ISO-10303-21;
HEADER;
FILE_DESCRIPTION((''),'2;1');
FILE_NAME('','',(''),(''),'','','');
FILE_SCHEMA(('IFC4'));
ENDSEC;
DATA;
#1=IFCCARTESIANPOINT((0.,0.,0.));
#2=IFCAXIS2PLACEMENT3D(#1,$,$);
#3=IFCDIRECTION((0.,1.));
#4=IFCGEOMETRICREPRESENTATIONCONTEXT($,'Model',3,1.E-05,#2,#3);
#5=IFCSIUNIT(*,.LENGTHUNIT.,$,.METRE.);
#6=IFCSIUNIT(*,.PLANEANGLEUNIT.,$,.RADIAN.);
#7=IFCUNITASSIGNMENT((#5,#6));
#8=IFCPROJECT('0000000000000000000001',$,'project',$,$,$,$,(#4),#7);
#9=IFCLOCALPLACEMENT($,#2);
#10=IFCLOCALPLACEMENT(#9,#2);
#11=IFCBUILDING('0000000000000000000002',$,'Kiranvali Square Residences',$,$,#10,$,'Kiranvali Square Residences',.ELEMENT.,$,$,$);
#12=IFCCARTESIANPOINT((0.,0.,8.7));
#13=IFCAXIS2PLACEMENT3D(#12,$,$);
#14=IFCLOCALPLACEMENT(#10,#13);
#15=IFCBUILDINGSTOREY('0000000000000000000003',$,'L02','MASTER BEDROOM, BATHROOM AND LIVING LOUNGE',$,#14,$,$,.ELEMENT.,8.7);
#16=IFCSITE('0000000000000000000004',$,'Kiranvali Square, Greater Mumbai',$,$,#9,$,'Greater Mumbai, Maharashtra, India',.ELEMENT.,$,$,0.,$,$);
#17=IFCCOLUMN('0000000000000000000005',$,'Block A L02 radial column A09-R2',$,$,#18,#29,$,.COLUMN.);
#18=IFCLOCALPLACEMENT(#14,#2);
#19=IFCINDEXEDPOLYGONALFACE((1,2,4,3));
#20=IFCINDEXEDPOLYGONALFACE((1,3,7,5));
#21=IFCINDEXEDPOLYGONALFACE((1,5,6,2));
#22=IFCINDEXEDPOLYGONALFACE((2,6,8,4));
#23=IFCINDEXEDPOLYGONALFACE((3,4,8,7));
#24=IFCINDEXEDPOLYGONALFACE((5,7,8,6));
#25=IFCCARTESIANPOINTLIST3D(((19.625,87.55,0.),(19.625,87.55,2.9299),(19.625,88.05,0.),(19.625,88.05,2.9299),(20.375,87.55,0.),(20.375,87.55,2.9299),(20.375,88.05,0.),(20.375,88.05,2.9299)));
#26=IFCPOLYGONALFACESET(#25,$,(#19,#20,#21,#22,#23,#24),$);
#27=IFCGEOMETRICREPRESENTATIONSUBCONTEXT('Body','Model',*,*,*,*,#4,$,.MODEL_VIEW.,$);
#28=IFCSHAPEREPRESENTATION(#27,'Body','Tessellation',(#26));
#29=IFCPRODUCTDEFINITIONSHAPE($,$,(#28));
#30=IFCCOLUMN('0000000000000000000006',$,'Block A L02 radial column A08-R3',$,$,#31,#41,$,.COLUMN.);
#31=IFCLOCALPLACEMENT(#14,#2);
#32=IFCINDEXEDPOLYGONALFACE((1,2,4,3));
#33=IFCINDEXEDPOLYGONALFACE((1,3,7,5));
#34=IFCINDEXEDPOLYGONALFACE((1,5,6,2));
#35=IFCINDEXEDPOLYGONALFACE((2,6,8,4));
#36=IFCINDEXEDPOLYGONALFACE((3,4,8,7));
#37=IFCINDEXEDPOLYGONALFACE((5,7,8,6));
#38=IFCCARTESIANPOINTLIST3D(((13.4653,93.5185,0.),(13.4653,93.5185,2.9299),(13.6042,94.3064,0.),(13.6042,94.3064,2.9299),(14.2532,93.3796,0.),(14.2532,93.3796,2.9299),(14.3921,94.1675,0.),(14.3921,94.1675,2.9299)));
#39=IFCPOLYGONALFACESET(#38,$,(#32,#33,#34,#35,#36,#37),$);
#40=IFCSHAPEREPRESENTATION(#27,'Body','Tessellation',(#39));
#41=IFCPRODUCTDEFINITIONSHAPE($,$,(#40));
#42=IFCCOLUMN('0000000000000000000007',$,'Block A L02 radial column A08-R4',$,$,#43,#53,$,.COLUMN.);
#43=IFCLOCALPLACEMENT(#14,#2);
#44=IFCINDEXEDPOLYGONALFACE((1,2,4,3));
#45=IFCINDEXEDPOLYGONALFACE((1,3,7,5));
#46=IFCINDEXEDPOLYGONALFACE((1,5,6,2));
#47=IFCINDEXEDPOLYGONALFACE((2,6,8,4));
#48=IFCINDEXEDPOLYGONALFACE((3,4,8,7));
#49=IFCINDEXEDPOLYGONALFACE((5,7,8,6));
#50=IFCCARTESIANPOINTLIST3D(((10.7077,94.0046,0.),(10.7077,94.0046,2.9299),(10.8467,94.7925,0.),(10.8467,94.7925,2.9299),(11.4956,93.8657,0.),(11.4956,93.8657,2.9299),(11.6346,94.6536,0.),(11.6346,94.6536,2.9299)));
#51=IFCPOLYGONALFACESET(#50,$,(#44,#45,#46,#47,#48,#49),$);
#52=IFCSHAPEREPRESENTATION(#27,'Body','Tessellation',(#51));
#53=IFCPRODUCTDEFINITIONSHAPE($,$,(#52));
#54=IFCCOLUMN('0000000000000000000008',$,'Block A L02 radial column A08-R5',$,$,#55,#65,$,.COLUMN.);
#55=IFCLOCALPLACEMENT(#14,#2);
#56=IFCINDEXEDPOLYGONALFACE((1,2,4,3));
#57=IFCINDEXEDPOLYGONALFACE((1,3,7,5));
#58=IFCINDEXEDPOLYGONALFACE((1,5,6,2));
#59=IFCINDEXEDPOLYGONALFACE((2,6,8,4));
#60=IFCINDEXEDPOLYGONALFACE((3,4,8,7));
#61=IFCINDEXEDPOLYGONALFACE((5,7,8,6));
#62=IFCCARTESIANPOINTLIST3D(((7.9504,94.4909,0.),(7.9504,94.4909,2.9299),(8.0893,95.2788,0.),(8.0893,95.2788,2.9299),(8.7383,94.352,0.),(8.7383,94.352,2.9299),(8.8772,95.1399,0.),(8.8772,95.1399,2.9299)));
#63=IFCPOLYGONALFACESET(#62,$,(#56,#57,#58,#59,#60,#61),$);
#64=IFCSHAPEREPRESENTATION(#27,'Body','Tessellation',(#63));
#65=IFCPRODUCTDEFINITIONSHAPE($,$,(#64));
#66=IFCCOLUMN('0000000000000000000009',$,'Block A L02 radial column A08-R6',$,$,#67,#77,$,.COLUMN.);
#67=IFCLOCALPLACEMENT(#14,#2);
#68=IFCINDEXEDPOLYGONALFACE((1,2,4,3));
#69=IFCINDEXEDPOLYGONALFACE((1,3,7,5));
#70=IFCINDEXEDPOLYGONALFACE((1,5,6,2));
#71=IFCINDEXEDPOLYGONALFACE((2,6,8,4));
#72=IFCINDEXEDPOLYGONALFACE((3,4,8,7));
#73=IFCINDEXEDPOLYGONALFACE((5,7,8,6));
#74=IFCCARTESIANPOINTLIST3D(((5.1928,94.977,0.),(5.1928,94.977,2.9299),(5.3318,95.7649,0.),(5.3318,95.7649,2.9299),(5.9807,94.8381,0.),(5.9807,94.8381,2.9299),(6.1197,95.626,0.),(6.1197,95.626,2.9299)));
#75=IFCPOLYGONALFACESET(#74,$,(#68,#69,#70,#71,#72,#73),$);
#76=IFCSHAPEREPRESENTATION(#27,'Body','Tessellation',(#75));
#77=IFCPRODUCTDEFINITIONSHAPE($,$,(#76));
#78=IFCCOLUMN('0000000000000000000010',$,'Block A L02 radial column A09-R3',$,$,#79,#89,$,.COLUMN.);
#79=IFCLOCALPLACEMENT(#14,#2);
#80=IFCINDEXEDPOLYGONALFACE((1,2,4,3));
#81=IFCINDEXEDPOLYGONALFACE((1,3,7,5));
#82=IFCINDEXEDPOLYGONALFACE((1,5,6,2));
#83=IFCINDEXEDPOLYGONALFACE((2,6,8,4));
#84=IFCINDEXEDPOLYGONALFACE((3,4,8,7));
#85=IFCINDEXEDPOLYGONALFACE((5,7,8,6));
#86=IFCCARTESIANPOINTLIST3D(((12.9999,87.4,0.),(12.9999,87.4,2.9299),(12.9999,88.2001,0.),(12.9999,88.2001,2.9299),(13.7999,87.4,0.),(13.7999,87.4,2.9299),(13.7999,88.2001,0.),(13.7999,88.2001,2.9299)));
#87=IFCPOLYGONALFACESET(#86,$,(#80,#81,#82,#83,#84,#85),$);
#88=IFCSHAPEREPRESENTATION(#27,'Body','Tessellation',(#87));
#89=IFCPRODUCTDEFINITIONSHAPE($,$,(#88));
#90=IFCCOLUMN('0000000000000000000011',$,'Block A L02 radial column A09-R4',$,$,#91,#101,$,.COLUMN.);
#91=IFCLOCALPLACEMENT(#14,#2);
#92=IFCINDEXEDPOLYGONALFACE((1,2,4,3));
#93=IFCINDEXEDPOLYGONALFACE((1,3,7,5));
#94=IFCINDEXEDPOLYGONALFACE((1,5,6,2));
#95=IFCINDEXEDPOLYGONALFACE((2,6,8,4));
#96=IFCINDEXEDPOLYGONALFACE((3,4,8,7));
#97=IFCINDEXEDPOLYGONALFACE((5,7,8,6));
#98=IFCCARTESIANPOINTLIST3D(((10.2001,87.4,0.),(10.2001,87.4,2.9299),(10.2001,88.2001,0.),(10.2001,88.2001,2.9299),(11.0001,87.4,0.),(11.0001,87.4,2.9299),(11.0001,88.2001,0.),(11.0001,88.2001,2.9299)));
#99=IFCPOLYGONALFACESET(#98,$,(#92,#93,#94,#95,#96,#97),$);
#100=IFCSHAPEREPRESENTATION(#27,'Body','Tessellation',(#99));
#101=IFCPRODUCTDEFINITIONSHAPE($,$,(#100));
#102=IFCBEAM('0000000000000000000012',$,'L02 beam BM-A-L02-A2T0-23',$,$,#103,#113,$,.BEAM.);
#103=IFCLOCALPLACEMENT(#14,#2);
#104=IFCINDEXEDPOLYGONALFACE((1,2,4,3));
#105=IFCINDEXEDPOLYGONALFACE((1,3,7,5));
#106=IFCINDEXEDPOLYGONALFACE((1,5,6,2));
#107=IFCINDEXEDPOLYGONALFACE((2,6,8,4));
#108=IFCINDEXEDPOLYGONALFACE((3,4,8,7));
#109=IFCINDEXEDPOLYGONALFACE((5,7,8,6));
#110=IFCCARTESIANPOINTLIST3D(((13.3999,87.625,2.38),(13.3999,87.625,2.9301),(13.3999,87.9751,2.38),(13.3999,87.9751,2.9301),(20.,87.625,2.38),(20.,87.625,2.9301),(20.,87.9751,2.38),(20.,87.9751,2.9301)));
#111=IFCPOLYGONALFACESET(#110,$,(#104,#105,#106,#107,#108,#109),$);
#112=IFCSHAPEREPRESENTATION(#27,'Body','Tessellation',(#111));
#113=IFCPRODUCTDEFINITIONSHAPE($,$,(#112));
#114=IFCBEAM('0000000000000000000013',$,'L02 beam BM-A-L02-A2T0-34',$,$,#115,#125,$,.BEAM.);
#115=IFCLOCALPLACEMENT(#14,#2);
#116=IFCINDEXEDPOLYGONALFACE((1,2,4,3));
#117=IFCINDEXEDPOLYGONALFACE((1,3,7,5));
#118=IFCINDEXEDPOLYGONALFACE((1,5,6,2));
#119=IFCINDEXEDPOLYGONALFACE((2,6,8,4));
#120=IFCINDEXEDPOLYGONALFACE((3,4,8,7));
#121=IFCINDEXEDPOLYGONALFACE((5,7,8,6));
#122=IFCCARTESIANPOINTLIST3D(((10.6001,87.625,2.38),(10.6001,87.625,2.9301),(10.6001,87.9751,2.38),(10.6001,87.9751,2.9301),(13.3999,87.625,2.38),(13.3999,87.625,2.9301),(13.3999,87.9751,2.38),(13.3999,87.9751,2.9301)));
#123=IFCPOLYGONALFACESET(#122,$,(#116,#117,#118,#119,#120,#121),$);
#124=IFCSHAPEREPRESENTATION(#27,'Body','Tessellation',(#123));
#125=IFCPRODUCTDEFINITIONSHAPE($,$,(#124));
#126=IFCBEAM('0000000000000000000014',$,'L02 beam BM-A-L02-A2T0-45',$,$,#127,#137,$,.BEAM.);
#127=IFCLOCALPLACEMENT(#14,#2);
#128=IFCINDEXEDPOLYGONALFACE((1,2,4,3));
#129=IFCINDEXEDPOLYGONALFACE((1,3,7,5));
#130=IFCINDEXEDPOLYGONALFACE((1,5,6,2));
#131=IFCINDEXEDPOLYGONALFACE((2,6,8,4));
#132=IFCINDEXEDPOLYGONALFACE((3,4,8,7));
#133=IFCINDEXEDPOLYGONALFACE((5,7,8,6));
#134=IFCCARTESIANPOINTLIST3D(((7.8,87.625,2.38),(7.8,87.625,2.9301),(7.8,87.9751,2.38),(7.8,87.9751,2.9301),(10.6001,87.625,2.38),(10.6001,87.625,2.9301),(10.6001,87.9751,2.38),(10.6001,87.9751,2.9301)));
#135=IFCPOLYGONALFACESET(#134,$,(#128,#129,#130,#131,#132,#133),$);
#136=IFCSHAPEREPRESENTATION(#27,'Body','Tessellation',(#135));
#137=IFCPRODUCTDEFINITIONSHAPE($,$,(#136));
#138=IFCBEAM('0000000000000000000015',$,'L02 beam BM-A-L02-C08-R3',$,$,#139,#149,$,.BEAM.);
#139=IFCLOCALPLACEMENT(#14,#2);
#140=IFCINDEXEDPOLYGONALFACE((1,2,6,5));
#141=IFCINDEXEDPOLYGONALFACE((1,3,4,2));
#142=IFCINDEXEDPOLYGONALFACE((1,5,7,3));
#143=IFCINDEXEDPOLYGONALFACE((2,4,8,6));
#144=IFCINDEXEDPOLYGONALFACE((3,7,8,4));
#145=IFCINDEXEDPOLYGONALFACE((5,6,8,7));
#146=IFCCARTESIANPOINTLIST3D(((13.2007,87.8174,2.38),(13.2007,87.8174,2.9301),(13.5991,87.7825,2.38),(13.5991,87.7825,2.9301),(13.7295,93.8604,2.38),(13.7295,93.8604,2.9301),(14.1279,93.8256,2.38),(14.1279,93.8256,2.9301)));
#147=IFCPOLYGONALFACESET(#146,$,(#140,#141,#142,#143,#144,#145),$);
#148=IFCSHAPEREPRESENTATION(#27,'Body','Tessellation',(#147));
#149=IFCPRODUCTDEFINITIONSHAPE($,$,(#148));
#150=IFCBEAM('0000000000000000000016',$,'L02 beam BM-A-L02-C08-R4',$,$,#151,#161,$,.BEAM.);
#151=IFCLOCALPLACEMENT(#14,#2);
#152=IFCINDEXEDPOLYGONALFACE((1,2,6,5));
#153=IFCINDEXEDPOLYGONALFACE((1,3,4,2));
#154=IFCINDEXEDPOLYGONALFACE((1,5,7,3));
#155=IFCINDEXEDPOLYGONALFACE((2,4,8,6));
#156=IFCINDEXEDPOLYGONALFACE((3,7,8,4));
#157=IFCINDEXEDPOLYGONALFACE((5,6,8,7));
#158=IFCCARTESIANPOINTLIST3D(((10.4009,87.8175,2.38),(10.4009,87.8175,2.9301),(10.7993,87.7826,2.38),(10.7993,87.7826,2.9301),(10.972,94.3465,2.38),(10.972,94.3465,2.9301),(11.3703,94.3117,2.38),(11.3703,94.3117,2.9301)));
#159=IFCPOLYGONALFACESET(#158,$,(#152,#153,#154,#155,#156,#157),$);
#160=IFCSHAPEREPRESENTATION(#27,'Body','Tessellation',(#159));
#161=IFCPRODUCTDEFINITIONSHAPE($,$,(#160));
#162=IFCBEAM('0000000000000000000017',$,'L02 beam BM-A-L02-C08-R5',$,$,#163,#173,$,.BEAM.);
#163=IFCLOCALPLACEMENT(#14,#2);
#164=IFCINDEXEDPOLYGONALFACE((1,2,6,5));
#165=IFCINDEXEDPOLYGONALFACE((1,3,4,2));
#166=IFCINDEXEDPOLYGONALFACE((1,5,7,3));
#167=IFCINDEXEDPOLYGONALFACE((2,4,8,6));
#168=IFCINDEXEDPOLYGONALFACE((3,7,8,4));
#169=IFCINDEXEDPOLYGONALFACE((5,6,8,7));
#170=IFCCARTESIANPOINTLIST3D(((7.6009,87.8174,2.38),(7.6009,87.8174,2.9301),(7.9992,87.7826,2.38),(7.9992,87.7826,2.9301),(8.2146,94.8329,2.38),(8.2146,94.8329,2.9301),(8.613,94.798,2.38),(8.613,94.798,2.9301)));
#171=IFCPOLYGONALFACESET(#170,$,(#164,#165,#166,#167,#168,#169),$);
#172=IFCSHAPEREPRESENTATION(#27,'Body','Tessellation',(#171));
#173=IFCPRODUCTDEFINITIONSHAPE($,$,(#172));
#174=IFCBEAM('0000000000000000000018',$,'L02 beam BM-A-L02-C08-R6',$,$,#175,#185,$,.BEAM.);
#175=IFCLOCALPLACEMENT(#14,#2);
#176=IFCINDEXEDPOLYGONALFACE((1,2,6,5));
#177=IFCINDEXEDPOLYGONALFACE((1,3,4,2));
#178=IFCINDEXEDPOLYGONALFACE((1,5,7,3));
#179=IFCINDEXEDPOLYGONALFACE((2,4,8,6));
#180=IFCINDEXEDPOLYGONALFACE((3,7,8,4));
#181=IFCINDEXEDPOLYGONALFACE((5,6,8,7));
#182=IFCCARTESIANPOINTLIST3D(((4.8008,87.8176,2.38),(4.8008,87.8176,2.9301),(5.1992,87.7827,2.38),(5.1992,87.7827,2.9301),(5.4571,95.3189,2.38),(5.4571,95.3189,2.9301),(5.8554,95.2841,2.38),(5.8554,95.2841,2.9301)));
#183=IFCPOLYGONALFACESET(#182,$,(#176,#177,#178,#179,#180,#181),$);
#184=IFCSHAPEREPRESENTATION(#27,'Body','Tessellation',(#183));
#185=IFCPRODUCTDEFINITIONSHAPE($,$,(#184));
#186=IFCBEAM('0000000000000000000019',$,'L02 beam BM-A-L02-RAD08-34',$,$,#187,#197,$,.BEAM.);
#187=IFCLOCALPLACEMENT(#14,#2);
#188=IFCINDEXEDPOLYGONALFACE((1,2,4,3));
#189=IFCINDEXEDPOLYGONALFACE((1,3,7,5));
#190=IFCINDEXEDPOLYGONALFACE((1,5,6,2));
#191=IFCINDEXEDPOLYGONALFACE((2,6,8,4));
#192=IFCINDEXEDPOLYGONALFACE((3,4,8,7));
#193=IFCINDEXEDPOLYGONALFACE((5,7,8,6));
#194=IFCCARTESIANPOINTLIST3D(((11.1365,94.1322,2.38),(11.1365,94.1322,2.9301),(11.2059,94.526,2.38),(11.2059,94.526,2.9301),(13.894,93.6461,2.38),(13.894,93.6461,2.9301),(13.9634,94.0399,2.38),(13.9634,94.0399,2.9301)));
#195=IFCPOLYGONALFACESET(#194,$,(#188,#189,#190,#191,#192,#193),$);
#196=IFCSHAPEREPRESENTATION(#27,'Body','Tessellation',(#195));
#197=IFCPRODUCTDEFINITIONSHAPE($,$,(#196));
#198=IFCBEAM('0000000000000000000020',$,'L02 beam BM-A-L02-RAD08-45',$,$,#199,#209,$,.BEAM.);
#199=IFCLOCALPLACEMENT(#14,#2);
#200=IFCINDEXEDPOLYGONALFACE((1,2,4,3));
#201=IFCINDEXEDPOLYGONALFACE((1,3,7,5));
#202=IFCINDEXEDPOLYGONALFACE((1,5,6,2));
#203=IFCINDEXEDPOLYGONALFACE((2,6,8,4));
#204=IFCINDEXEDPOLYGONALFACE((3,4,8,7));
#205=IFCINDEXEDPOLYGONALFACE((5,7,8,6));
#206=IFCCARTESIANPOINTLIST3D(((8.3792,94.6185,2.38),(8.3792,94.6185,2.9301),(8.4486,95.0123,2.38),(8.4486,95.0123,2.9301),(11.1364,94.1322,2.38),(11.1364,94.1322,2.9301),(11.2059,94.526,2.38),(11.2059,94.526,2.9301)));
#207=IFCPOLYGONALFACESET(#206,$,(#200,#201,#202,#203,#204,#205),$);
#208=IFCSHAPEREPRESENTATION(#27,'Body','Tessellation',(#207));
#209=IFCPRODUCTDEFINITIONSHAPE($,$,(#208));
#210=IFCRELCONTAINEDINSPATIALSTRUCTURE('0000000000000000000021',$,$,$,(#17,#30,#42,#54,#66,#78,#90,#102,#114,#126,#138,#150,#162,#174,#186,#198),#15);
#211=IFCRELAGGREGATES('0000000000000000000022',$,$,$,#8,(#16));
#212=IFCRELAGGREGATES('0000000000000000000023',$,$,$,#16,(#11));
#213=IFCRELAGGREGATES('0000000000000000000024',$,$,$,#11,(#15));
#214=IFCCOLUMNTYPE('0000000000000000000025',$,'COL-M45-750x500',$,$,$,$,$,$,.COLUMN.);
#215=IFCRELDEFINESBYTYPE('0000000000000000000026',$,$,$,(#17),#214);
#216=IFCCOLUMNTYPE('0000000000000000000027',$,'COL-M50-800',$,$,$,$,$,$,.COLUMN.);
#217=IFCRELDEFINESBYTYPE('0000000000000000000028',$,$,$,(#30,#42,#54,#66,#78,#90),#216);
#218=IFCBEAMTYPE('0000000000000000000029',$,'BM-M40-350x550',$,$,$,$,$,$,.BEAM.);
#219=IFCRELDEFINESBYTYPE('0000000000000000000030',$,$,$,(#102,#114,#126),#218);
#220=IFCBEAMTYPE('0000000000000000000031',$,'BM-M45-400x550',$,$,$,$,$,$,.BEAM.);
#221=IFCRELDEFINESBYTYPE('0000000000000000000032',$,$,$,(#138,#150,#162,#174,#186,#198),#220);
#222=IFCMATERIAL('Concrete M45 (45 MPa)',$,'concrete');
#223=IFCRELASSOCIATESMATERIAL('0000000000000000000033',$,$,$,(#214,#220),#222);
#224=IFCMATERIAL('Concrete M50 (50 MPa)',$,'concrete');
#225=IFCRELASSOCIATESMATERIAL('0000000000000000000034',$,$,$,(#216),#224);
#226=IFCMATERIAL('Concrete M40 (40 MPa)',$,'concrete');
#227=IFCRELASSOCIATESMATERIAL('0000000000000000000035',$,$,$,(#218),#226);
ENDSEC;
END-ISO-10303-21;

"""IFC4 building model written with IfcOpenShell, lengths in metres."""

from ifc_helpers import new_model, si_unit, direction, frame, origin, origin_2d, place, context, subcontext, project, spatial, rectangle, extrude, material, material_profile, profile_set, type_object, element, save


model = new_model("IFC4")

# Units and contexts
model_context = context("Model", 3, precision=1e-05, world=origin(), true_north=direction((0.0, 1.0)))
body_context = subcontext(model_context, "Body", "Model", "MODEL_VIEW")
ifc_project = project(units=[si_unit("LENGTHUNIT", "METRE"), si_unit("PLANEANGLEUNIT", "RADIAN")], contexts=[model_context])

# Site, building, storey
site_placement = place(None, origin())
site = spatial("IfcSite", under=ifc_project, at=site_placement, Name="Kiranvali Square, Greater Mumbai", LongName="Greater Mumbai, Maharashtra, India", CompositionType="ELEMENT", RefElevation=0.0)
building_placement = place(site_placement, origin())
building = spatial("IfcBuilding", under=site, at=building_placement, Name="Kiranvali Square Residences", LongName="Kiranvali Square Residences", CompositionType="ELEMENT")
storey_placement = place(building_placement, frame((0.0, 0.0, 8.7)))
storey = spatial("IfcBuildingStorey", under=building, at=storey_placement, Name="L02", Description="MASTER BEDROOM, BATHROOM AND LIVING LOUNGE", CompositionType="ELEMENT", Elevation=8.7)

# Columns
ifc_material_1 = material(Name="Concrete M45 (45 MPa)", Category="concrete")
ifc_material_profile_1 = material_profile(ifc_material_1, rectangle(XDim=0.5, YDim=0.75, at=origin_2d()), Name="RC 750x500")
ifc_profile_set_1 = profile_set([ifc_material_profile_1], Name="Concrete M45 (45 MPa)")
column_type_1 = type_object("IfcColumnType", Name="COL-M45-750x500", PredefinedType="COLUMN", material=ifc_profile_set_1)
column_placement = place(storey_placement, frame((20.0, 87.8, 0.0), z_axis=(0.0, 0.0, 1.0), x_axis=(0.0, 1.0, 0.0)))
element("IfcColumn", 1, at=column_placement, inside=storey, type_object=column_type_1, Name="Block A L02 radial column A09-R2", PredefinedType="COLUMN", context=body_context, shape_type="SweptSolid", body=[
    extrude(rectangle(XDim=0.5, YDim=0.75, at=origin_2d()), origin(), (0.0, 0.0, 1.0), 2.9299),
])
ifc_material_2 = material(Name="Concrete M50 (50 MPa)", Category="concrete")
ifc_material_profile_2 = material_profile(ifc_material_2, rectangle(XDim=0.8, YDim=0.8, at=origin_2d()), Name="RC 800x800")
ifc_profile_set_2 = profile_set([ifc_material_profile_2], Name="Concrete M50 (50 MPa)")
column_type_2 = type_object("IfcColumnType", Name="COL-M50-800", PredefinedType="COLUMN", material=ifc_profile_set_2)
for number, where, z_axis, x_axis, name in (
    (2, (13.9287, 93.843, 0.0), (0.0, 0.0, 1.0), (0.173648, 0.984808, 0.0), "Block A L02 radial column A08-R3"),
    (3, (11.1711, 94.3291, 0.0), (0.0, 0.0, 1.0), (0.173648, 0.984808, 0.0), "Block A L02 radial column A08-R4"),
    (4, (8.4138, 94.8154, 0.0), (0.0, 0.0, 1.0), (0.173648, 0.984808, 0.0), "Block A L02 radial column A08-R5"),
    (5, (5.6562, 95.3015, 0.0), (0.0, 0.0, 1.0), (0.173648, 0.984808, 0.0), "Block A L02 radial column A08-R6"),
    (6, (13.3999, 87.8, 0.0), (0.0, 0.0, 1.0), (0.0, 1.0, 0.0), "Block A L02 radial column A09-R3"),
    (7, (10.6001, 87.8, 0.0), (0.0, 0.0, 1.0), (0.0, 1.0, 0.0), "Block A L02 radial column A09-R4"),
):
    element("IfcColumn", number, at=place(storey_placement, frame(where, z_axis=z_axis, x_axis=x_axis)), inside=storey, type_object=column_type_2, Name=name, PredefinedType="COLUMN", context=body_context, shape_type="SweptSolid", body=[
        extrude(rectangle(XDim=0.8, YDim=0.8, at=origin_2d()), origin(), (0.0, 0.0, 1.0), 2.9299),
    ])

# Beams
ifc_material_3 = material(Name="Concrete M40 (40 MPa)", Category="concrete")
ifc_material_profile_3 = material_profile(ifc_material_3, rectangle(XDim=0.3501, YDim=0.55, at=origin_2d()), Name="RC 350x550")
ifc_profile_set_3 = profile_set([ifc_material_profile_3], Name="Concrete M40 (40 MPa)")
beam_type_1 = type_object("IfcBeamType", Name="BM-M40-350x550", PredefinedType="BEAM", material=ifc_profile_set_3)
beam_1_placement = place(storey_placement, frame((20.0, 87.8, 2.655), z_axis=(-1.0, 0.0, 0.0), x_axis=(0.0, -1.0, 0.0)))
element("IfcBeam", 8, at=beam_1_placement, inside=storey, type_object=beam_type_1, Name="L02 beam BM-A-L02-A2T0-23", PredefinedType="BEAM", context=body_context, shape_type="SweptSolid", body=[
    extrude(rectangle(XDim=0.3501, YDim=0.55, at=origin_2d()), origin(), (0.0, 0.0, 1.0), 6.6001),
])
beam_2_placement = place(storey_placement, frame((13.3999, 87.8, 2.655), z_axis=(-1.0, 0.0, 0.0), x_axis=(0.0, -1.0, 0.0)))
element("IfcBeam", 9, at=beam_2_placement, inside=storey, type_object=beam_type_1, Name="L02 beam BM-A-L02-A2T0-34", PredefinedType="BEAM", context=body_context, shape_type="SweptSolid", body=[
    extrude(rectangle(XDim=0.3501, YDim=0.55, at=origin_2d()), origin(), (0.0, 0.0, 1.0), 2.7998),
])
beam_3_placement = place(storey_placement, frame((10.6001, 87.8, 2.655), z_axis=(-1.0, 0.0, 0.0), x_axis=(0.0, -1.0, 0.0)))
element("IfcBeam", 10, at=beam_3_placement, inside=storey, type_object=beam_type_1, Name="L02 beam BM-A-L02-A2T0-45", PredefinedType="BEAM", context=body_context, shape_type="SweptSolid", body=[
    extrude(rectangle(XDim=0.3501, YDim=0.55, at=origin_2d()), origin(), (0.0, 0.0, 1.0), 2.8),
])
ifc_material_profile_4 = material_profile(ifc_material_1, rectangle(XDim=0.3999, YDim=0.55, at=origin_2d()), Name="RC 400x550")
ifc_profile_set_4 = profile_set([ifc_material_profile_4], Name="Concrete M45 (45 MPa)")
beam_type_2 = type_object("IfcBeamType", Name="BM-M45-400x550", PredefinedType="BEAM", material=ifc_profile_set_4)
beam_4_placement = place(storey_placement, frame((13.9287, 93.843, 2.655), z_axis=(-0.087175, -0.996193, 0.0), x_axis=(0.996193, -0.087175, 0.0)))
element("IfcBeam", 11, at=beam_4_placement, inside=storey, type_object=beam_type_2, Name="L02 beam BM-A-L02-C08-R3", PredefinedType="BEAM", context=body_context, shape_type="SweptSolid", body=[
    extrude(rectangle(XDim=0.3999, YDim=0.55, at=origin_2d()), origin(), (0.0, 0.0, 1.0), 6.0662),
])
beam_5_placement = place(storey_placement, frame((11.1711, 94.3291, 2.655), z_axis=(-0.08713, -0.996197, 0.0), x_axis=(0.996197, -0.08713, 0.0)))
element("IfcBeam", 12, at=beam_5_placement, inside=storey, type_object=beam_type_2, Name="L02 beam BM-A-L02-C08-R4", PredefinedType="BEAM", context=body_context, shape_type="SweptSolid", body=[
    extrude(rectangle(XDim=0.3999, YDim=0.55, at=origin_2d()), origin(), (0.0, 0.0, 1.0), 6.554),
])
beam_6_placement = place(storey_placement, frame((8.4138, 94.8154, 2.655), z_axis=(-0.087156, -0.996195, 0.0), x_axis=(0.996195, -0.087156, 0.0)))
element("IfcBeam", 13, at=beam_6_placement, inside=storey, type_object=beam_type_2, Name="L02 beam BM-A-L02-C08-R5", PredefinedType="BEAM", context=body_context, shape_type="SweptSolid", body=[
    extrude(rectangle(XDim=0.3999, YDim=0.55, at=origin_2d()), origin(), (0.0, 0.0, 1.0), 7.0422),
])
beam_7_placement = place(storey_placement, frame((5.6562, 95.3015, 2.655), z_axis=(-0.08715, -0.996195, 0.0), x_axis=(0.996195, -0.08715, 0.0)))
element("IfcBeam", 14, at=beam_7_placement, inside=storey, type_object=beam_type_2, Name="L02 beam BM-A-L02-C08-R6", PredefinedType="BEAM", context=body_context, shape_type="SweptSolid", body=[
    extrude(rectangle(XDim=0.3999, YDim=0.55, at=origin_2d()), origin(), (0.0, 0.0, 1.0), 7.53),
])
beam_8_placement = place(storey_placement, frame((13.9287, 93.843, 2.655), z_axis=(-0.984817, 0.173596, 0.0), x_axis=(-0.173596, -0.984817, 0.0)))
element("IfcBeam", 15, at=beam_8_placement, inside=storey, type_object=beam_type_2, Name="L02 beam BM-A-L02-RAD08-34", PredefinedType="BEAM", context=body_context, shape_type="SweptSolid", body=[
    extrude(rectangle(XDim=0.3999, YDim=0.55, at=origin_2d()), origin(), (0.0, 0.0, 1.0), 2.8),
])
beam_9_placement = place(storey_placement, frame((11.1711, 94.3291, 2.655), z_axis=(-0.984799, 0.173696, 0.0), x_axis=(-0.173696, -0.984799, 0.0)))
element("IfcBeam", 16, at=beam_9_placement, inside=storey, type_object=beam_type_2, Name="L02 beam BM-A-L02-RAD08-45", PredefinedType="BEAM", context=body_context, shape_type="SweptSolid", body=[
    extrude(rectangle(XDim=0.3999, YDim=0.55, at=origin_2d()), origin(), (0.0, 0.0, 1.0), 2.7998),
])

save(model, "model.ifc")
